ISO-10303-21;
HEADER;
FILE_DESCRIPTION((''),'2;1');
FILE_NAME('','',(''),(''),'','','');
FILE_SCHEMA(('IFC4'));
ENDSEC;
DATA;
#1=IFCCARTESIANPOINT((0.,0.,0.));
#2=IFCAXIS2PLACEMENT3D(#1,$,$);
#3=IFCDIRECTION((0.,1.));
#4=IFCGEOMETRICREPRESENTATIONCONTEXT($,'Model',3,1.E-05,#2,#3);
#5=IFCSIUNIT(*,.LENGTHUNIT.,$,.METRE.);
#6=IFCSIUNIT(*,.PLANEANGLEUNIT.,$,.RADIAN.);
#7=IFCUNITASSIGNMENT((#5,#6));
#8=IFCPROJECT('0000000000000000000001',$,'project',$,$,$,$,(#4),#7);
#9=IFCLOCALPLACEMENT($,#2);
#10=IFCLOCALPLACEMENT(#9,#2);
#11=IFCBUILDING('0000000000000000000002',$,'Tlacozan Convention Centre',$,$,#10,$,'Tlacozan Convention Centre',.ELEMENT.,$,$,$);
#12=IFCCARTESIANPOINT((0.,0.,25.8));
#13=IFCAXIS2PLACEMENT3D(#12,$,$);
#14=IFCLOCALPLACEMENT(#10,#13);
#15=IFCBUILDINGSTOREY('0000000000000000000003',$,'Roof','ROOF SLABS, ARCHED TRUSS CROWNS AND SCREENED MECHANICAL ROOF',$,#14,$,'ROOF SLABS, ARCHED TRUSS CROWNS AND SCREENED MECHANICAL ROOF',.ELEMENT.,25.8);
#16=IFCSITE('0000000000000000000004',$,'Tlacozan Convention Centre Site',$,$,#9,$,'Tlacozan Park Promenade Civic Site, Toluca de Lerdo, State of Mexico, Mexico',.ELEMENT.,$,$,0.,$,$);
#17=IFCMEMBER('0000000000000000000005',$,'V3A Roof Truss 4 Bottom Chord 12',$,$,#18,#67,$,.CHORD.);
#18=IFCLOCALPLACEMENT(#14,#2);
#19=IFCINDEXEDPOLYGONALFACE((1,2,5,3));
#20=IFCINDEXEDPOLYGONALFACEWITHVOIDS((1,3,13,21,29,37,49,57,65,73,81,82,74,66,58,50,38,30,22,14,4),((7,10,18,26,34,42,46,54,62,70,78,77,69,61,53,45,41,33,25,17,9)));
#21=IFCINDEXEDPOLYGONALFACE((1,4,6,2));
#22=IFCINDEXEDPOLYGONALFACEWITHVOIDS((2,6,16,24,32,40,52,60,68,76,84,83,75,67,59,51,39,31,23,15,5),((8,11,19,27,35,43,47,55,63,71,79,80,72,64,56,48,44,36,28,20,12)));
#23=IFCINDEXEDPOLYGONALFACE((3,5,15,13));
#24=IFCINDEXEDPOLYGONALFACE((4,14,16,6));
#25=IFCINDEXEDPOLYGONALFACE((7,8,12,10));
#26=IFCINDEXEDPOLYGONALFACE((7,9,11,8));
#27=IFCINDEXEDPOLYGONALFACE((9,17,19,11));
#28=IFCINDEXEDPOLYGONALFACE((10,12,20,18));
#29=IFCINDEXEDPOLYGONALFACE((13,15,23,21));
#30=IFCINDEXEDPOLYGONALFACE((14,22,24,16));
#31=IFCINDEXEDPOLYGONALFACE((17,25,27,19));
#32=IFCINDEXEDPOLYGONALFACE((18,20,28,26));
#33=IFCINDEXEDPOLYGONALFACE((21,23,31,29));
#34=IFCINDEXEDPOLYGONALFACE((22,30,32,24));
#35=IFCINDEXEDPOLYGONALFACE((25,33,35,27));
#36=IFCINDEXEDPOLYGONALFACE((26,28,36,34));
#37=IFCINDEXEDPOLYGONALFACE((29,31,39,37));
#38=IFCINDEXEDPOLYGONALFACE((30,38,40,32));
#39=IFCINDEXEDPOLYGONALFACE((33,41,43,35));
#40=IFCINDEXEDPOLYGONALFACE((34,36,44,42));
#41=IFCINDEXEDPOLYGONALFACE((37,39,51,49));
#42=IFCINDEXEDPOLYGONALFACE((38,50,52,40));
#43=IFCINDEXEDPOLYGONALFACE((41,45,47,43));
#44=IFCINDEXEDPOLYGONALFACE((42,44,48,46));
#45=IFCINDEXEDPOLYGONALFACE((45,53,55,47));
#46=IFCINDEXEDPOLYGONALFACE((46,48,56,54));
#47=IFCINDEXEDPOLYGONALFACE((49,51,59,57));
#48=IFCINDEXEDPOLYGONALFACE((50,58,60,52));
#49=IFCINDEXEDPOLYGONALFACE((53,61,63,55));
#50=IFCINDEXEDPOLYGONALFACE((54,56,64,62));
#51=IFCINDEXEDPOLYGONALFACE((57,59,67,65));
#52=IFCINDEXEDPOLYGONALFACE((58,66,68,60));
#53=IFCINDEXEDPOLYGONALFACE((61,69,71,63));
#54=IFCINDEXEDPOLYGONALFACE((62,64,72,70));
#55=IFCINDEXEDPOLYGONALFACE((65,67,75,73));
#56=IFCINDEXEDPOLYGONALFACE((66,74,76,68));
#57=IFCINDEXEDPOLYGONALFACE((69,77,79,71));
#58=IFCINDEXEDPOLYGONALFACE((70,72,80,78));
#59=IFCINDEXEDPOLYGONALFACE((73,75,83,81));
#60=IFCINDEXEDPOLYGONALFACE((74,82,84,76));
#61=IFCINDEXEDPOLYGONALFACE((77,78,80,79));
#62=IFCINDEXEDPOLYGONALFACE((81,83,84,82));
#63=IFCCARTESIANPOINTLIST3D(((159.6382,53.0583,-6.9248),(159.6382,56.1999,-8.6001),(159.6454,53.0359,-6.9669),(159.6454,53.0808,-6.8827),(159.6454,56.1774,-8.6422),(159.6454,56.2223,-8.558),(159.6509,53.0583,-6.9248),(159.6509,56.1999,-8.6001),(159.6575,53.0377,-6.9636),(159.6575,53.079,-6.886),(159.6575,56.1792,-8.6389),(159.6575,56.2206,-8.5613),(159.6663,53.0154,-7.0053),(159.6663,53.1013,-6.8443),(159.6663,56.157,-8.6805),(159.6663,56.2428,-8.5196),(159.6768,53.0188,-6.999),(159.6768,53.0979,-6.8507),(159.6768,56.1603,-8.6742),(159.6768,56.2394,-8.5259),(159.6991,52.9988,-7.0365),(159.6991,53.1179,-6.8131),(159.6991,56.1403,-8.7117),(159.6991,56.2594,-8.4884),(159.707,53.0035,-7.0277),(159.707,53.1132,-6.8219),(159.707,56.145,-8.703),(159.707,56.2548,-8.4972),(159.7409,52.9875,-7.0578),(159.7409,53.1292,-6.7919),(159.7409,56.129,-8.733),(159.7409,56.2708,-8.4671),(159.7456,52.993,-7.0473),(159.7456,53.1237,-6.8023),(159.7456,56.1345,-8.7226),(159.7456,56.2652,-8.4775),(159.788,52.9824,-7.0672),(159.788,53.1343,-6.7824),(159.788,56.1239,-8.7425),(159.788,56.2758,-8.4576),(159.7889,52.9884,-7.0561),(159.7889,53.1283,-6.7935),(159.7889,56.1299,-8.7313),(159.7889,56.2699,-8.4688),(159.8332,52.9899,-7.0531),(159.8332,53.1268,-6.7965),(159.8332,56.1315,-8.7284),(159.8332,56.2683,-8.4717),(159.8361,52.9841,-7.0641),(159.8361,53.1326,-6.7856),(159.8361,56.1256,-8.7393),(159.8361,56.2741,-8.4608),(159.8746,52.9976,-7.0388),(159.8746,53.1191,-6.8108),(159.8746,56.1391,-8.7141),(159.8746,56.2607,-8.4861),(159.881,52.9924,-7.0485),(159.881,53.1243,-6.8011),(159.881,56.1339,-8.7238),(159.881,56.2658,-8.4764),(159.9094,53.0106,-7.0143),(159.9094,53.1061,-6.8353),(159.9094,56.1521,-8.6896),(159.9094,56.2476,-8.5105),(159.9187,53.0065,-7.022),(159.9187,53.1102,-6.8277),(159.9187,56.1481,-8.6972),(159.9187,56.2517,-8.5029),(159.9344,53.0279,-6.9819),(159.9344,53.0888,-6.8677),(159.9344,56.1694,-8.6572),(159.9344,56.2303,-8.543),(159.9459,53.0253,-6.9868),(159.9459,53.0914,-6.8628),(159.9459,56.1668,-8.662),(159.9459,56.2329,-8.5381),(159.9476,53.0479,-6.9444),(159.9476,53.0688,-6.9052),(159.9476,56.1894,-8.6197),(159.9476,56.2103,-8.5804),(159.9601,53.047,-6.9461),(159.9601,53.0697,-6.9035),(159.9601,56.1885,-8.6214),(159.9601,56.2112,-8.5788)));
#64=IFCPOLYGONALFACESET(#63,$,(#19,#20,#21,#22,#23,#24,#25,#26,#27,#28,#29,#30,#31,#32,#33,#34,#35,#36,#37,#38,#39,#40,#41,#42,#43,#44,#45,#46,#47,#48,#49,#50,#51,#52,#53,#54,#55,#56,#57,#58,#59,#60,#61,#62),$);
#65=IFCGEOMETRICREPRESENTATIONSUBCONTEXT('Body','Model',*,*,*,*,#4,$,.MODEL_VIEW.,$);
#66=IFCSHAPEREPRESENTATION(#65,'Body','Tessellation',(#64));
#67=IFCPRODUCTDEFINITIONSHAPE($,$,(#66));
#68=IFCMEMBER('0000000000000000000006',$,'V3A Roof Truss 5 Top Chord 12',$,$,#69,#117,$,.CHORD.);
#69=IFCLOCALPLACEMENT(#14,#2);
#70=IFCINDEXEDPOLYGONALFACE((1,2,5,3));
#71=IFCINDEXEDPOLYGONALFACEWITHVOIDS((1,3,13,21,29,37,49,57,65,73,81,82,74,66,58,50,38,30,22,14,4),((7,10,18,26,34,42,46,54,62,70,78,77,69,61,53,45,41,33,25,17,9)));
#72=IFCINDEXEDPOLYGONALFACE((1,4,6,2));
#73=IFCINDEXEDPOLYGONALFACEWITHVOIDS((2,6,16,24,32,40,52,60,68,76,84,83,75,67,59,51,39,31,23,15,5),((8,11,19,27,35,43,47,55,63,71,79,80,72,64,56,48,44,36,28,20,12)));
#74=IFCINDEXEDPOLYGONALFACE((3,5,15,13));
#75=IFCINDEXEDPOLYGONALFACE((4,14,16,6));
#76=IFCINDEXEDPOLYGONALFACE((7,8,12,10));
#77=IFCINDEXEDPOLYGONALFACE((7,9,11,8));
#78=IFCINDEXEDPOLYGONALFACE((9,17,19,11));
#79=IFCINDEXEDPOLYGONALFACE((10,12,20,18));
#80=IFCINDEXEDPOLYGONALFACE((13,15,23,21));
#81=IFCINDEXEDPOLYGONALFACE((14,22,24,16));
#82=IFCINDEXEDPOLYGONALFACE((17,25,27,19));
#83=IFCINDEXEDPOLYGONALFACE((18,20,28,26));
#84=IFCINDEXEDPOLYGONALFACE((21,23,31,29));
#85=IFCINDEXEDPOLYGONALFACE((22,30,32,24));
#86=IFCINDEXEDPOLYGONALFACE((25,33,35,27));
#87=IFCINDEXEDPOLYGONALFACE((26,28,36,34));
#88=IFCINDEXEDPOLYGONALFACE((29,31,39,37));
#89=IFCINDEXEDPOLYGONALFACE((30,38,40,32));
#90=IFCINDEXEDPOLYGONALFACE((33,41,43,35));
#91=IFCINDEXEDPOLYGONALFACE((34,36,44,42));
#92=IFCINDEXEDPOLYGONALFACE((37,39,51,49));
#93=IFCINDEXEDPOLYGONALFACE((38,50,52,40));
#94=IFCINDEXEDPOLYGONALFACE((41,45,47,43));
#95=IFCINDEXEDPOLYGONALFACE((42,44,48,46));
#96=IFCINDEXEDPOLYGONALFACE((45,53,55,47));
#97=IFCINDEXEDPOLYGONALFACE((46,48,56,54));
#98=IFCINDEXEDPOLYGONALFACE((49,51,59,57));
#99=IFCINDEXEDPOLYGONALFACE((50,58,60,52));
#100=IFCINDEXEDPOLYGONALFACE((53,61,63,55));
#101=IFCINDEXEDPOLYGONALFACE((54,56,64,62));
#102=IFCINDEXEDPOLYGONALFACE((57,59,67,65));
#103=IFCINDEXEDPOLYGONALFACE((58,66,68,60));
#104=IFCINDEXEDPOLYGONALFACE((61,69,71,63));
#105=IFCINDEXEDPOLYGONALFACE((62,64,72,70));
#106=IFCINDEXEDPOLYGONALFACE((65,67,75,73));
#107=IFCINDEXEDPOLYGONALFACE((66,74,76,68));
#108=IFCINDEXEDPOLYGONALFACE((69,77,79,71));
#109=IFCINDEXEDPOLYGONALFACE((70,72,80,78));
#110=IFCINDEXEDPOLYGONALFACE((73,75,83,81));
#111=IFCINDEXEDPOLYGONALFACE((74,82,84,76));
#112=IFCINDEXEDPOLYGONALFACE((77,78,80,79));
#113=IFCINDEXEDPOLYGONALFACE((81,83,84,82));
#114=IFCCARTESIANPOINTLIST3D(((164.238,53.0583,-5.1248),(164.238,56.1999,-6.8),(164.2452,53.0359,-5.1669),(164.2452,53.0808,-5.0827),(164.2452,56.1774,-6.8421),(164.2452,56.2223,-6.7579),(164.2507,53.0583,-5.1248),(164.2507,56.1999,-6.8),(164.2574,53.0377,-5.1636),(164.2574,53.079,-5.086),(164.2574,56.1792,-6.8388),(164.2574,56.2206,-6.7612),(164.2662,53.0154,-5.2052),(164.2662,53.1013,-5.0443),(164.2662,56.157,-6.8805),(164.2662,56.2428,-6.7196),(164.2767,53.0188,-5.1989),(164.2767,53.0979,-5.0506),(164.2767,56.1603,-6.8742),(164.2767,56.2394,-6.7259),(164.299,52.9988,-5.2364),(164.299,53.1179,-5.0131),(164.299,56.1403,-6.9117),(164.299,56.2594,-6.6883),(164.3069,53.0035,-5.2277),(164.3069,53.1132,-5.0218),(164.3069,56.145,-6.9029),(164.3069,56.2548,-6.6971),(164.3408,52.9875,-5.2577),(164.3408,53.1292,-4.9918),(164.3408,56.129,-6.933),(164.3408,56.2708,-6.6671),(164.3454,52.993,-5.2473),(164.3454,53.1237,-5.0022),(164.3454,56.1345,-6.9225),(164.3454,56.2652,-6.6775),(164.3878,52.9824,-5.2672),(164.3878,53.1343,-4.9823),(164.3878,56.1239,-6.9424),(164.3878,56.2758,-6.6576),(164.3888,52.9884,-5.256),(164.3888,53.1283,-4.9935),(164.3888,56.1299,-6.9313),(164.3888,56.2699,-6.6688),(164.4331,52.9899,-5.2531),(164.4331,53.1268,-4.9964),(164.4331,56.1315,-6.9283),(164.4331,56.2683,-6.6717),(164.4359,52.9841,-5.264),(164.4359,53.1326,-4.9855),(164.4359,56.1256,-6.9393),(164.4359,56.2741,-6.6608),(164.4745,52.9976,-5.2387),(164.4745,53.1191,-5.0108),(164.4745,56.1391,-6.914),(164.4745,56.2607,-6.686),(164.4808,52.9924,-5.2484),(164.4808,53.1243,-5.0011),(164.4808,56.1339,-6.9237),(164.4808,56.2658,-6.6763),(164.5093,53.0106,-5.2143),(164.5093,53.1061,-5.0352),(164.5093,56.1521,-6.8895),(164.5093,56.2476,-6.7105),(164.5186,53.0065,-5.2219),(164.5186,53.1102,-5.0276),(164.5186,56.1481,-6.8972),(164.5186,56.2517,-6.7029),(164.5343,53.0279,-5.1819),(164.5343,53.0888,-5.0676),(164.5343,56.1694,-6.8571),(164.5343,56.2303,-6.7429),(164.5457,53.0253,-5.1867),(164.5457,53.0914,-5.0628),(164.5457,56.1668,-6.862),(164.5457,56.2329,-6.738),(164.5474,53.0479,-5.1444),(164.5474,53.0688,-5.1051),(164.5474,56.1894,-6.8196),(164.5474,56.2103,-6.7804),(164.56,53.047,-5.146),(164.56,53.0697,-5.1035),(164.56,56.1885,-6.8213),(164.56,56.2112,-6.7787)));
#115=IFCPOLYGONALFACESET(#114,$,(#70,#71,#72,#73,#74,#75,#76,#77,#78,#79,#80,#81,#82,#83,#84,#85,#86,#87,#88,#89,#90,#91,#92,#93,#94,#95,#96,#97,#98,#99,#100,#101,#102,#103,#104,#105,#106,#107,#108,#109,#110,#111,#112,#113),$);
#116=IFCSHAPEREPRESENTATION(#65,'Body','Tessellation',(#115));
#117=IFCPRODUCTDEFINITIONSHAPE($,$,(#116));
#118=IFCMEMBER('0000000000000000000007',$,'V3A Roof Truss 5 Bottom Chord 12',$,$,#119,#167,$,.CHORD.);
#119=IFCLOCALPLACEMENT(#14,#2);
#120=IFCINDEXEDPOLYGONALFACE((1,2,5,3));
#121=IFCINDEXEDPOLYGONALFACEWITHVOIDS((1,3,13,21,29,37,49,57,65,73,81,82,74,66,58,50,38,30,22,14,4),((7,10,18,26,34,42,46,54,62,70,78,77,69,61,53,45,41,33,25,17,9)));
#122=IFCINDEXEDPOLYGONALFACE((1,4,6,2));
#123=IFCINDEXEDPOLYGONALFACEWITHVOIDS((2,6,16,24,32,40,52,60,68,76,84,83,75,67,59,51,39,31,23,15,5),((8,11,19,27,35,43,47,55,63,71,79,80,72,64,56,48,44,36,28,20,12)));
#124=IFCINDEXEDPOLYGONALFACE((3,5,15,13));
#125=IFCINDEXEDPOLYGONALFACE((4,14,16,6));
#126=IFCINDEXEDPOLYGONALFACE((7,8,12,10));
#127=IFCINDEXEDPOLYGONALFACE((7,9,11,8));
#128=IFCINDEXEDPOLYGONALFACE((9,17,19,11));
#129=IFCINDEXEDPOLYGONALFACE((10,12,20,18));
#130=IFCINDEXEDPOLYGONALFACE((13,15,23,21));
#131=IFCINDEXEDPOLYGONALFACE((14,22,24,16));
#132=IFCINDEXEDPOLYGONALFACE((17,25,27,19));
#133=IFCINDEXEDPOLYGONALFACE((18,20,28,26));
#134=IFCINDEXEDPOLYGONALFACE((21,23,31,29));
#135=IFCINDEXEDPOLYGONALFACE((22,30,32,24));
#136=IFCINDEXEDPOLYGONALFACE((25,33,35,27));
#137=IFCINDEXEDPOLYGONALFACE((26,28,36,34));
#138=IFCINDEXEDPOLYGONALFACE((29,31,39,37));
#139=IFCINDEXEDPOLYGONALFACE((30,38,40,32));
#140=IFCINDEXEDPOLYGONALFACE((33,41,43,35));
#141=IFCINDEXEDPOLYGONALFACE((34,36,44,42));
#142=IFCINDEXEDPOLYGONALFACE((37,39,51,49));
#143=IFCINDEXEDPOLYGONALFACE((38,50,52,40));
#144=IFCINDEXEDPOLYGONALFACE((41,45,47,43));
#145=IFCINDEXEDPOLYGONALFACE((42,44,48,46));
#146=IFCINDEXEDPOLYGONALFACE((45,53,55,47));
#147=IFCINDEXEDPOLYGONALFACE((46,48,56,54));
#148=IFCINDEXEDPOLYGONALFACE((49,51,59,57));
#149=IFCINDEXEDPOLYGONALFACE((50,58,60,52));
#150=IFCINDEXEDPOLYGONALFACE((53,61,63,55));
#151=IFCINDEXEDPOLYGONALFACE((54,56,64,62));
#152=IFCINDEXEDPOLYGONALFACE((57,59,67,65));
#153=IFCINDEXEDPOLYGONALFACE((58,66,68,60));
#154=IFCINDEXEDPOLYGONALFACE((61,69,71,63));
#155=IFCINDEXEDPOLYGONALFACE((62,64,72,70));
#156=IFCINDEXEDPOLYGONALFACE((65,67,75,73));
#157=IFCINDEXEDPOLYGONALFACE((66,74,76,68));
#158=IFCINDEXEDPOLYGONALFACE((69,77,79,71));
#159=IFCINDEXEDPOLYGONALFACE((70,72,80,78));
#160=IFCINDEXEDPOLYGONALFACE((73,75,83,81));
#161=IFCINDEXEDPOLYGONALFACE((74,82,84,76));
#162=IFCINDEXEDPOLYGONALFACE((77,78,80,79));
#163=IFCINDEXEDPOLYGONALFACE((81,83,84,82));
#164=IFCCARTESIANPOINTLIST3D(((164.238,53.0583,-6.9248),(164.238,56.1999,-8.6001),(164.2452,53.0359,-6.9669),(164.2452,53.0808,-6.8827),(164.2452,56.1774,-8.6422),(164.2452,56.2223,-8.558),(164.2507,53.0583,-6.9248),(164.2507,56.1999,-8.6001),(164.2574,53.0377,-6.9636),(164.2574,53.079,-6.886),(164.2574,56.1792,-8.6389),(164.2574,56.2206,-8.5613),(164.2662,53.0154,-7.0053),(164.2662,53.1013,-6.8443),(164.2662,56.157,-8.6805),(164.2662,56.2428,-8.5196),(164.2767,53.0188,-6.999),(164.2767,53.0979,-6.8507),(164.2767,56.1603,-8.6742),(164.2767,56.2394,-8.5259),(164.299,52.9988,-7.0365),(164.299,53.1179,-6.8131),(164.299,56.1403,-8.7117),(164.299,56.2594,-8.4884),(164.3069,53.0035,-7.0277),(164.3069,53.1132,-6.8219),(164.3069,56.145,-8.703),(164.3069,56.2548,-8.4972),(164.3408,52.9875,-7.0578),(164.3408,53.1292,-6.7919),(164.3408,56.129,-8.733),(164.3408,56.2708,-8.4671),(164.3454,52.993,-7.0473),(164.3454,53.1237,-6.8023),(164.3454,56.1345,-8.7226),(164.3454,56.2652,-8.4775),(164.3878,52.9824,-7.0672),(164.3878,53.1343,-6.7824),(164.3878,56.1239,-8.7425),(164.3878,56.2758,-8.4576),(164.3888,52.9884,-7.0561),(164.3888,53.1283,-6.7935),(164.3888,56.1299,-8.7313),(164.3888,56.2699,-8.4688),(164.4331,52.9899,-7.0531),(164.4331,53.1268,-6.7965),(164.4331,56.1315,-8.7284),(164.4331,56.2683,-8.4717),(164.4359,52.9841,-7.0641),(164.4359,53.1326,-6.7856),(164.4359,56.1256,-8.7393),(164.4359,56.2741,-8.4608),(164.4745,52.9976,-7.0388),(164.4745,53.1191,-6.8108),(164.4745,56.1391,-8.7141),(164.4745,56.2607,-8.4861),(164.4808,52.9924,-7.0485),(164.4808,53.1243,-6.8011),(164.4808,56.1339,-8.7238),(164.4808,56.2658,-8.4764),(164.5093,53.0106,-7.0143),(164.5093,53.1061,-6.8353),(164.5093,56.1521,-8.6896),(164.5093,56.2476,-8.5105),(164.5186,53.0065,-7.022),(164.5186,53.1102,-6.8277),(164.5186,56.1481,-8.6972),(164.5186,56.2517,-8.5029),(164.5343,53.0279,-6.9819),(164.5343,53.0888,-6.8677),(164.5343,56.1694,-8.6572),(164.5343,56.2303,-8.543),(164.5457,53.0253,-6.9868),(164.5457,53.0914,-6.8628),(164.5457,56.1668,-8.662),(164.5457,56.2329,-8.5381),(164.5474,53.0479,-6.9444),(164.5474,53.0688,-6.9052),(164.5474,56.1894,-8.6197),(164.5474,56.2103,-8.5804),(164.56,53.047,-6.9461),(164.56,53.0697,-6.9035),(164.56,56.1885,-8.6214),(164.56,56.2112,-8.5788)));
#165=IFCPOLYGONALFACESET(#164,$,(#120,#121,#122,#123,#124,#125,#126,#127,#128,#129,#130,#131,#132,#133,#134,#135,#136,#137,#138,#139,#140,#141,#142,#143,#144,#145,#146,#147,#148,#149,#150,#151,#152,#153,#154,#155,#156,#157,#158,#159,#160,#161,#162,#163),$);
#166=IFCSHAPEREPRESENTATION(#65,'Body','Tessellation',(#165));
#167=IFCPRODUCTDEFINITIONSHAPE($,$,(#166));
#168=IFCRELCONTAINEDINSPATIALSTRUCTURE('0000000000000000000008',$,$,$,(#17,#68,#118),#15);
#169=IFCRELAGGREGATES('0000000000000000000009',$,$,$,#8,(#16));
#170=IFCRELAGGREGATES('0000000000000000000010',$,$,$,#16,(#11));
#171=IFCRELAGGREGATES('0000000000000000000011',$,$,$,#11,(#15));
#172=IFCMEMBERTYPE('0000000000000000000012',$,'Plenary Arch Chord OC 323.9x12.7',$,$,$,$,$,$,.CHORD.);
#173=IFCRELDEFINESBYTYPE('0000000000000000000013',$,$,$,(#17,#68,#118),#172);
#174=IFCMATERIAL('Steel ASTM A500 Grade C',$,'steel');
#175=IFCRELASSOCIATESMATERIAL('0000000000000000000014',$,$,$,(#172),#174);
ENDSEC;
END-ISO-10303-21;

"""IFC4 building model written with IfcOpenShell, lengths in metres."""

from ifc_helpers import new_model, si_unit, direction, frame, origin, origin_2d, place, context, subcontext, project, spatial, hollow_circle, extrude, material, material_profile, profile_set, type_object, element, save


model = new_model("IFC4")

# Units and contexts
model_context = context("Model", 3, precision=1e-05, world=origin(), true_north=direction((0.0, 1.0)))
body_context = subcontext(model_context, "Body", "Model", "MODEL_VIEW")
ifc_project = project(units=[si_unit("LENGTHUNIT", "METRE"), si_unit("PLANEANGLEUNIT", "RADIAN")], contexts=[model_context])

# Site, building, storey
site_placement = place(None, origin())
site = spatial("IfcSite", under=ifc_project, at=site_placement, Name="Tlacozan Convention Centre Site", LongName="Tlacozan Park Promenade Civic Site, Toluca de Lerdo, State of Mexico, Mexico", CompositionType="ELEMENT", RefElevation=0.0)
building_placement = place(site_placement, origin())
building = spatial("IfcBuilding", under=site, at=building_placement, Name="Tlacozan Convention Centre", LongName="Tlacozan Convention Centre", CompositionType="ELEMENT")
storey_placement = place(building_placement, frame((0.0, 0.0, 25.8)))
storey = spatial("IfcBuildingStorey", under=building, at=storey_placement, Name="Roof", Description="ROOF SLABS, ARCHED TRUSS CROWNS AND SCREENED MECHANICAL ROOF", LongName="ROOF SLABS, ARCHED TRUSS CROWNS AND SCREENED MECHANICAL ROOF", CompositionType="ELEMENT", Elevation=25.8)

# Members
ifc_material_1 = material(Name="Steel ASTM A500 Grade C", Category="steel")
ifc_material_profile_1 = material_profile(ifc_material_1, hollow_circle(Radius=0.1619, WallThickness=0.0127, at=origin_2d()), Name="OC 323.9x12.7")
ifc_profile_set_1 = profile_set([ifc_material_profile_1], Name="Steel ASTM A500 Grade C")
member_type_1 = type_object("IfcMemberType", Name="Plenary Arch Chord OC 323.9x12.7", PredefinedType="CHORD", material=ifc_profile_set_1)
for number, where, z_axis, x_axis, name in (
    (1, (159.8, 53.0583, -6.9248), (0.0, 0.88238, -0.470538), (-1.0, 0.0, 0.0), "V3A Roof Truss 4 Bottom Chord 12"),
    (2, (164.3999, 53.0583, -5.1248), (0.0, 0.88238, -0.470538), (-1.0, 0.0, 0.0), "V3A Roof Truss 5 Top Chord 12"),
    (3, (164.3999, 53.0583, -6.9248), (0.0, 0.88238, -0.470538), (-1.0, 0.0, 0.0), "V3A Roof Truss 5 Bottom Chord 12"),
):
    element("IfcMember", number, at=place(storey_placement, frame(where, z_axis=z_axis, x_axis=x_axis)), inside=storey, type_object=member_type_1, Name=name, PredefinedType="CHORD", context=body_context, shape_type="SweptSolid", body=[
        extrude(hollow_circle(Radius=0.1619, WallThickness=0.0127, at=origin_2d()), origin(), (0.0, 0.0, 1.0), 3.5603),
    ])

save(model, "model.ifc")
